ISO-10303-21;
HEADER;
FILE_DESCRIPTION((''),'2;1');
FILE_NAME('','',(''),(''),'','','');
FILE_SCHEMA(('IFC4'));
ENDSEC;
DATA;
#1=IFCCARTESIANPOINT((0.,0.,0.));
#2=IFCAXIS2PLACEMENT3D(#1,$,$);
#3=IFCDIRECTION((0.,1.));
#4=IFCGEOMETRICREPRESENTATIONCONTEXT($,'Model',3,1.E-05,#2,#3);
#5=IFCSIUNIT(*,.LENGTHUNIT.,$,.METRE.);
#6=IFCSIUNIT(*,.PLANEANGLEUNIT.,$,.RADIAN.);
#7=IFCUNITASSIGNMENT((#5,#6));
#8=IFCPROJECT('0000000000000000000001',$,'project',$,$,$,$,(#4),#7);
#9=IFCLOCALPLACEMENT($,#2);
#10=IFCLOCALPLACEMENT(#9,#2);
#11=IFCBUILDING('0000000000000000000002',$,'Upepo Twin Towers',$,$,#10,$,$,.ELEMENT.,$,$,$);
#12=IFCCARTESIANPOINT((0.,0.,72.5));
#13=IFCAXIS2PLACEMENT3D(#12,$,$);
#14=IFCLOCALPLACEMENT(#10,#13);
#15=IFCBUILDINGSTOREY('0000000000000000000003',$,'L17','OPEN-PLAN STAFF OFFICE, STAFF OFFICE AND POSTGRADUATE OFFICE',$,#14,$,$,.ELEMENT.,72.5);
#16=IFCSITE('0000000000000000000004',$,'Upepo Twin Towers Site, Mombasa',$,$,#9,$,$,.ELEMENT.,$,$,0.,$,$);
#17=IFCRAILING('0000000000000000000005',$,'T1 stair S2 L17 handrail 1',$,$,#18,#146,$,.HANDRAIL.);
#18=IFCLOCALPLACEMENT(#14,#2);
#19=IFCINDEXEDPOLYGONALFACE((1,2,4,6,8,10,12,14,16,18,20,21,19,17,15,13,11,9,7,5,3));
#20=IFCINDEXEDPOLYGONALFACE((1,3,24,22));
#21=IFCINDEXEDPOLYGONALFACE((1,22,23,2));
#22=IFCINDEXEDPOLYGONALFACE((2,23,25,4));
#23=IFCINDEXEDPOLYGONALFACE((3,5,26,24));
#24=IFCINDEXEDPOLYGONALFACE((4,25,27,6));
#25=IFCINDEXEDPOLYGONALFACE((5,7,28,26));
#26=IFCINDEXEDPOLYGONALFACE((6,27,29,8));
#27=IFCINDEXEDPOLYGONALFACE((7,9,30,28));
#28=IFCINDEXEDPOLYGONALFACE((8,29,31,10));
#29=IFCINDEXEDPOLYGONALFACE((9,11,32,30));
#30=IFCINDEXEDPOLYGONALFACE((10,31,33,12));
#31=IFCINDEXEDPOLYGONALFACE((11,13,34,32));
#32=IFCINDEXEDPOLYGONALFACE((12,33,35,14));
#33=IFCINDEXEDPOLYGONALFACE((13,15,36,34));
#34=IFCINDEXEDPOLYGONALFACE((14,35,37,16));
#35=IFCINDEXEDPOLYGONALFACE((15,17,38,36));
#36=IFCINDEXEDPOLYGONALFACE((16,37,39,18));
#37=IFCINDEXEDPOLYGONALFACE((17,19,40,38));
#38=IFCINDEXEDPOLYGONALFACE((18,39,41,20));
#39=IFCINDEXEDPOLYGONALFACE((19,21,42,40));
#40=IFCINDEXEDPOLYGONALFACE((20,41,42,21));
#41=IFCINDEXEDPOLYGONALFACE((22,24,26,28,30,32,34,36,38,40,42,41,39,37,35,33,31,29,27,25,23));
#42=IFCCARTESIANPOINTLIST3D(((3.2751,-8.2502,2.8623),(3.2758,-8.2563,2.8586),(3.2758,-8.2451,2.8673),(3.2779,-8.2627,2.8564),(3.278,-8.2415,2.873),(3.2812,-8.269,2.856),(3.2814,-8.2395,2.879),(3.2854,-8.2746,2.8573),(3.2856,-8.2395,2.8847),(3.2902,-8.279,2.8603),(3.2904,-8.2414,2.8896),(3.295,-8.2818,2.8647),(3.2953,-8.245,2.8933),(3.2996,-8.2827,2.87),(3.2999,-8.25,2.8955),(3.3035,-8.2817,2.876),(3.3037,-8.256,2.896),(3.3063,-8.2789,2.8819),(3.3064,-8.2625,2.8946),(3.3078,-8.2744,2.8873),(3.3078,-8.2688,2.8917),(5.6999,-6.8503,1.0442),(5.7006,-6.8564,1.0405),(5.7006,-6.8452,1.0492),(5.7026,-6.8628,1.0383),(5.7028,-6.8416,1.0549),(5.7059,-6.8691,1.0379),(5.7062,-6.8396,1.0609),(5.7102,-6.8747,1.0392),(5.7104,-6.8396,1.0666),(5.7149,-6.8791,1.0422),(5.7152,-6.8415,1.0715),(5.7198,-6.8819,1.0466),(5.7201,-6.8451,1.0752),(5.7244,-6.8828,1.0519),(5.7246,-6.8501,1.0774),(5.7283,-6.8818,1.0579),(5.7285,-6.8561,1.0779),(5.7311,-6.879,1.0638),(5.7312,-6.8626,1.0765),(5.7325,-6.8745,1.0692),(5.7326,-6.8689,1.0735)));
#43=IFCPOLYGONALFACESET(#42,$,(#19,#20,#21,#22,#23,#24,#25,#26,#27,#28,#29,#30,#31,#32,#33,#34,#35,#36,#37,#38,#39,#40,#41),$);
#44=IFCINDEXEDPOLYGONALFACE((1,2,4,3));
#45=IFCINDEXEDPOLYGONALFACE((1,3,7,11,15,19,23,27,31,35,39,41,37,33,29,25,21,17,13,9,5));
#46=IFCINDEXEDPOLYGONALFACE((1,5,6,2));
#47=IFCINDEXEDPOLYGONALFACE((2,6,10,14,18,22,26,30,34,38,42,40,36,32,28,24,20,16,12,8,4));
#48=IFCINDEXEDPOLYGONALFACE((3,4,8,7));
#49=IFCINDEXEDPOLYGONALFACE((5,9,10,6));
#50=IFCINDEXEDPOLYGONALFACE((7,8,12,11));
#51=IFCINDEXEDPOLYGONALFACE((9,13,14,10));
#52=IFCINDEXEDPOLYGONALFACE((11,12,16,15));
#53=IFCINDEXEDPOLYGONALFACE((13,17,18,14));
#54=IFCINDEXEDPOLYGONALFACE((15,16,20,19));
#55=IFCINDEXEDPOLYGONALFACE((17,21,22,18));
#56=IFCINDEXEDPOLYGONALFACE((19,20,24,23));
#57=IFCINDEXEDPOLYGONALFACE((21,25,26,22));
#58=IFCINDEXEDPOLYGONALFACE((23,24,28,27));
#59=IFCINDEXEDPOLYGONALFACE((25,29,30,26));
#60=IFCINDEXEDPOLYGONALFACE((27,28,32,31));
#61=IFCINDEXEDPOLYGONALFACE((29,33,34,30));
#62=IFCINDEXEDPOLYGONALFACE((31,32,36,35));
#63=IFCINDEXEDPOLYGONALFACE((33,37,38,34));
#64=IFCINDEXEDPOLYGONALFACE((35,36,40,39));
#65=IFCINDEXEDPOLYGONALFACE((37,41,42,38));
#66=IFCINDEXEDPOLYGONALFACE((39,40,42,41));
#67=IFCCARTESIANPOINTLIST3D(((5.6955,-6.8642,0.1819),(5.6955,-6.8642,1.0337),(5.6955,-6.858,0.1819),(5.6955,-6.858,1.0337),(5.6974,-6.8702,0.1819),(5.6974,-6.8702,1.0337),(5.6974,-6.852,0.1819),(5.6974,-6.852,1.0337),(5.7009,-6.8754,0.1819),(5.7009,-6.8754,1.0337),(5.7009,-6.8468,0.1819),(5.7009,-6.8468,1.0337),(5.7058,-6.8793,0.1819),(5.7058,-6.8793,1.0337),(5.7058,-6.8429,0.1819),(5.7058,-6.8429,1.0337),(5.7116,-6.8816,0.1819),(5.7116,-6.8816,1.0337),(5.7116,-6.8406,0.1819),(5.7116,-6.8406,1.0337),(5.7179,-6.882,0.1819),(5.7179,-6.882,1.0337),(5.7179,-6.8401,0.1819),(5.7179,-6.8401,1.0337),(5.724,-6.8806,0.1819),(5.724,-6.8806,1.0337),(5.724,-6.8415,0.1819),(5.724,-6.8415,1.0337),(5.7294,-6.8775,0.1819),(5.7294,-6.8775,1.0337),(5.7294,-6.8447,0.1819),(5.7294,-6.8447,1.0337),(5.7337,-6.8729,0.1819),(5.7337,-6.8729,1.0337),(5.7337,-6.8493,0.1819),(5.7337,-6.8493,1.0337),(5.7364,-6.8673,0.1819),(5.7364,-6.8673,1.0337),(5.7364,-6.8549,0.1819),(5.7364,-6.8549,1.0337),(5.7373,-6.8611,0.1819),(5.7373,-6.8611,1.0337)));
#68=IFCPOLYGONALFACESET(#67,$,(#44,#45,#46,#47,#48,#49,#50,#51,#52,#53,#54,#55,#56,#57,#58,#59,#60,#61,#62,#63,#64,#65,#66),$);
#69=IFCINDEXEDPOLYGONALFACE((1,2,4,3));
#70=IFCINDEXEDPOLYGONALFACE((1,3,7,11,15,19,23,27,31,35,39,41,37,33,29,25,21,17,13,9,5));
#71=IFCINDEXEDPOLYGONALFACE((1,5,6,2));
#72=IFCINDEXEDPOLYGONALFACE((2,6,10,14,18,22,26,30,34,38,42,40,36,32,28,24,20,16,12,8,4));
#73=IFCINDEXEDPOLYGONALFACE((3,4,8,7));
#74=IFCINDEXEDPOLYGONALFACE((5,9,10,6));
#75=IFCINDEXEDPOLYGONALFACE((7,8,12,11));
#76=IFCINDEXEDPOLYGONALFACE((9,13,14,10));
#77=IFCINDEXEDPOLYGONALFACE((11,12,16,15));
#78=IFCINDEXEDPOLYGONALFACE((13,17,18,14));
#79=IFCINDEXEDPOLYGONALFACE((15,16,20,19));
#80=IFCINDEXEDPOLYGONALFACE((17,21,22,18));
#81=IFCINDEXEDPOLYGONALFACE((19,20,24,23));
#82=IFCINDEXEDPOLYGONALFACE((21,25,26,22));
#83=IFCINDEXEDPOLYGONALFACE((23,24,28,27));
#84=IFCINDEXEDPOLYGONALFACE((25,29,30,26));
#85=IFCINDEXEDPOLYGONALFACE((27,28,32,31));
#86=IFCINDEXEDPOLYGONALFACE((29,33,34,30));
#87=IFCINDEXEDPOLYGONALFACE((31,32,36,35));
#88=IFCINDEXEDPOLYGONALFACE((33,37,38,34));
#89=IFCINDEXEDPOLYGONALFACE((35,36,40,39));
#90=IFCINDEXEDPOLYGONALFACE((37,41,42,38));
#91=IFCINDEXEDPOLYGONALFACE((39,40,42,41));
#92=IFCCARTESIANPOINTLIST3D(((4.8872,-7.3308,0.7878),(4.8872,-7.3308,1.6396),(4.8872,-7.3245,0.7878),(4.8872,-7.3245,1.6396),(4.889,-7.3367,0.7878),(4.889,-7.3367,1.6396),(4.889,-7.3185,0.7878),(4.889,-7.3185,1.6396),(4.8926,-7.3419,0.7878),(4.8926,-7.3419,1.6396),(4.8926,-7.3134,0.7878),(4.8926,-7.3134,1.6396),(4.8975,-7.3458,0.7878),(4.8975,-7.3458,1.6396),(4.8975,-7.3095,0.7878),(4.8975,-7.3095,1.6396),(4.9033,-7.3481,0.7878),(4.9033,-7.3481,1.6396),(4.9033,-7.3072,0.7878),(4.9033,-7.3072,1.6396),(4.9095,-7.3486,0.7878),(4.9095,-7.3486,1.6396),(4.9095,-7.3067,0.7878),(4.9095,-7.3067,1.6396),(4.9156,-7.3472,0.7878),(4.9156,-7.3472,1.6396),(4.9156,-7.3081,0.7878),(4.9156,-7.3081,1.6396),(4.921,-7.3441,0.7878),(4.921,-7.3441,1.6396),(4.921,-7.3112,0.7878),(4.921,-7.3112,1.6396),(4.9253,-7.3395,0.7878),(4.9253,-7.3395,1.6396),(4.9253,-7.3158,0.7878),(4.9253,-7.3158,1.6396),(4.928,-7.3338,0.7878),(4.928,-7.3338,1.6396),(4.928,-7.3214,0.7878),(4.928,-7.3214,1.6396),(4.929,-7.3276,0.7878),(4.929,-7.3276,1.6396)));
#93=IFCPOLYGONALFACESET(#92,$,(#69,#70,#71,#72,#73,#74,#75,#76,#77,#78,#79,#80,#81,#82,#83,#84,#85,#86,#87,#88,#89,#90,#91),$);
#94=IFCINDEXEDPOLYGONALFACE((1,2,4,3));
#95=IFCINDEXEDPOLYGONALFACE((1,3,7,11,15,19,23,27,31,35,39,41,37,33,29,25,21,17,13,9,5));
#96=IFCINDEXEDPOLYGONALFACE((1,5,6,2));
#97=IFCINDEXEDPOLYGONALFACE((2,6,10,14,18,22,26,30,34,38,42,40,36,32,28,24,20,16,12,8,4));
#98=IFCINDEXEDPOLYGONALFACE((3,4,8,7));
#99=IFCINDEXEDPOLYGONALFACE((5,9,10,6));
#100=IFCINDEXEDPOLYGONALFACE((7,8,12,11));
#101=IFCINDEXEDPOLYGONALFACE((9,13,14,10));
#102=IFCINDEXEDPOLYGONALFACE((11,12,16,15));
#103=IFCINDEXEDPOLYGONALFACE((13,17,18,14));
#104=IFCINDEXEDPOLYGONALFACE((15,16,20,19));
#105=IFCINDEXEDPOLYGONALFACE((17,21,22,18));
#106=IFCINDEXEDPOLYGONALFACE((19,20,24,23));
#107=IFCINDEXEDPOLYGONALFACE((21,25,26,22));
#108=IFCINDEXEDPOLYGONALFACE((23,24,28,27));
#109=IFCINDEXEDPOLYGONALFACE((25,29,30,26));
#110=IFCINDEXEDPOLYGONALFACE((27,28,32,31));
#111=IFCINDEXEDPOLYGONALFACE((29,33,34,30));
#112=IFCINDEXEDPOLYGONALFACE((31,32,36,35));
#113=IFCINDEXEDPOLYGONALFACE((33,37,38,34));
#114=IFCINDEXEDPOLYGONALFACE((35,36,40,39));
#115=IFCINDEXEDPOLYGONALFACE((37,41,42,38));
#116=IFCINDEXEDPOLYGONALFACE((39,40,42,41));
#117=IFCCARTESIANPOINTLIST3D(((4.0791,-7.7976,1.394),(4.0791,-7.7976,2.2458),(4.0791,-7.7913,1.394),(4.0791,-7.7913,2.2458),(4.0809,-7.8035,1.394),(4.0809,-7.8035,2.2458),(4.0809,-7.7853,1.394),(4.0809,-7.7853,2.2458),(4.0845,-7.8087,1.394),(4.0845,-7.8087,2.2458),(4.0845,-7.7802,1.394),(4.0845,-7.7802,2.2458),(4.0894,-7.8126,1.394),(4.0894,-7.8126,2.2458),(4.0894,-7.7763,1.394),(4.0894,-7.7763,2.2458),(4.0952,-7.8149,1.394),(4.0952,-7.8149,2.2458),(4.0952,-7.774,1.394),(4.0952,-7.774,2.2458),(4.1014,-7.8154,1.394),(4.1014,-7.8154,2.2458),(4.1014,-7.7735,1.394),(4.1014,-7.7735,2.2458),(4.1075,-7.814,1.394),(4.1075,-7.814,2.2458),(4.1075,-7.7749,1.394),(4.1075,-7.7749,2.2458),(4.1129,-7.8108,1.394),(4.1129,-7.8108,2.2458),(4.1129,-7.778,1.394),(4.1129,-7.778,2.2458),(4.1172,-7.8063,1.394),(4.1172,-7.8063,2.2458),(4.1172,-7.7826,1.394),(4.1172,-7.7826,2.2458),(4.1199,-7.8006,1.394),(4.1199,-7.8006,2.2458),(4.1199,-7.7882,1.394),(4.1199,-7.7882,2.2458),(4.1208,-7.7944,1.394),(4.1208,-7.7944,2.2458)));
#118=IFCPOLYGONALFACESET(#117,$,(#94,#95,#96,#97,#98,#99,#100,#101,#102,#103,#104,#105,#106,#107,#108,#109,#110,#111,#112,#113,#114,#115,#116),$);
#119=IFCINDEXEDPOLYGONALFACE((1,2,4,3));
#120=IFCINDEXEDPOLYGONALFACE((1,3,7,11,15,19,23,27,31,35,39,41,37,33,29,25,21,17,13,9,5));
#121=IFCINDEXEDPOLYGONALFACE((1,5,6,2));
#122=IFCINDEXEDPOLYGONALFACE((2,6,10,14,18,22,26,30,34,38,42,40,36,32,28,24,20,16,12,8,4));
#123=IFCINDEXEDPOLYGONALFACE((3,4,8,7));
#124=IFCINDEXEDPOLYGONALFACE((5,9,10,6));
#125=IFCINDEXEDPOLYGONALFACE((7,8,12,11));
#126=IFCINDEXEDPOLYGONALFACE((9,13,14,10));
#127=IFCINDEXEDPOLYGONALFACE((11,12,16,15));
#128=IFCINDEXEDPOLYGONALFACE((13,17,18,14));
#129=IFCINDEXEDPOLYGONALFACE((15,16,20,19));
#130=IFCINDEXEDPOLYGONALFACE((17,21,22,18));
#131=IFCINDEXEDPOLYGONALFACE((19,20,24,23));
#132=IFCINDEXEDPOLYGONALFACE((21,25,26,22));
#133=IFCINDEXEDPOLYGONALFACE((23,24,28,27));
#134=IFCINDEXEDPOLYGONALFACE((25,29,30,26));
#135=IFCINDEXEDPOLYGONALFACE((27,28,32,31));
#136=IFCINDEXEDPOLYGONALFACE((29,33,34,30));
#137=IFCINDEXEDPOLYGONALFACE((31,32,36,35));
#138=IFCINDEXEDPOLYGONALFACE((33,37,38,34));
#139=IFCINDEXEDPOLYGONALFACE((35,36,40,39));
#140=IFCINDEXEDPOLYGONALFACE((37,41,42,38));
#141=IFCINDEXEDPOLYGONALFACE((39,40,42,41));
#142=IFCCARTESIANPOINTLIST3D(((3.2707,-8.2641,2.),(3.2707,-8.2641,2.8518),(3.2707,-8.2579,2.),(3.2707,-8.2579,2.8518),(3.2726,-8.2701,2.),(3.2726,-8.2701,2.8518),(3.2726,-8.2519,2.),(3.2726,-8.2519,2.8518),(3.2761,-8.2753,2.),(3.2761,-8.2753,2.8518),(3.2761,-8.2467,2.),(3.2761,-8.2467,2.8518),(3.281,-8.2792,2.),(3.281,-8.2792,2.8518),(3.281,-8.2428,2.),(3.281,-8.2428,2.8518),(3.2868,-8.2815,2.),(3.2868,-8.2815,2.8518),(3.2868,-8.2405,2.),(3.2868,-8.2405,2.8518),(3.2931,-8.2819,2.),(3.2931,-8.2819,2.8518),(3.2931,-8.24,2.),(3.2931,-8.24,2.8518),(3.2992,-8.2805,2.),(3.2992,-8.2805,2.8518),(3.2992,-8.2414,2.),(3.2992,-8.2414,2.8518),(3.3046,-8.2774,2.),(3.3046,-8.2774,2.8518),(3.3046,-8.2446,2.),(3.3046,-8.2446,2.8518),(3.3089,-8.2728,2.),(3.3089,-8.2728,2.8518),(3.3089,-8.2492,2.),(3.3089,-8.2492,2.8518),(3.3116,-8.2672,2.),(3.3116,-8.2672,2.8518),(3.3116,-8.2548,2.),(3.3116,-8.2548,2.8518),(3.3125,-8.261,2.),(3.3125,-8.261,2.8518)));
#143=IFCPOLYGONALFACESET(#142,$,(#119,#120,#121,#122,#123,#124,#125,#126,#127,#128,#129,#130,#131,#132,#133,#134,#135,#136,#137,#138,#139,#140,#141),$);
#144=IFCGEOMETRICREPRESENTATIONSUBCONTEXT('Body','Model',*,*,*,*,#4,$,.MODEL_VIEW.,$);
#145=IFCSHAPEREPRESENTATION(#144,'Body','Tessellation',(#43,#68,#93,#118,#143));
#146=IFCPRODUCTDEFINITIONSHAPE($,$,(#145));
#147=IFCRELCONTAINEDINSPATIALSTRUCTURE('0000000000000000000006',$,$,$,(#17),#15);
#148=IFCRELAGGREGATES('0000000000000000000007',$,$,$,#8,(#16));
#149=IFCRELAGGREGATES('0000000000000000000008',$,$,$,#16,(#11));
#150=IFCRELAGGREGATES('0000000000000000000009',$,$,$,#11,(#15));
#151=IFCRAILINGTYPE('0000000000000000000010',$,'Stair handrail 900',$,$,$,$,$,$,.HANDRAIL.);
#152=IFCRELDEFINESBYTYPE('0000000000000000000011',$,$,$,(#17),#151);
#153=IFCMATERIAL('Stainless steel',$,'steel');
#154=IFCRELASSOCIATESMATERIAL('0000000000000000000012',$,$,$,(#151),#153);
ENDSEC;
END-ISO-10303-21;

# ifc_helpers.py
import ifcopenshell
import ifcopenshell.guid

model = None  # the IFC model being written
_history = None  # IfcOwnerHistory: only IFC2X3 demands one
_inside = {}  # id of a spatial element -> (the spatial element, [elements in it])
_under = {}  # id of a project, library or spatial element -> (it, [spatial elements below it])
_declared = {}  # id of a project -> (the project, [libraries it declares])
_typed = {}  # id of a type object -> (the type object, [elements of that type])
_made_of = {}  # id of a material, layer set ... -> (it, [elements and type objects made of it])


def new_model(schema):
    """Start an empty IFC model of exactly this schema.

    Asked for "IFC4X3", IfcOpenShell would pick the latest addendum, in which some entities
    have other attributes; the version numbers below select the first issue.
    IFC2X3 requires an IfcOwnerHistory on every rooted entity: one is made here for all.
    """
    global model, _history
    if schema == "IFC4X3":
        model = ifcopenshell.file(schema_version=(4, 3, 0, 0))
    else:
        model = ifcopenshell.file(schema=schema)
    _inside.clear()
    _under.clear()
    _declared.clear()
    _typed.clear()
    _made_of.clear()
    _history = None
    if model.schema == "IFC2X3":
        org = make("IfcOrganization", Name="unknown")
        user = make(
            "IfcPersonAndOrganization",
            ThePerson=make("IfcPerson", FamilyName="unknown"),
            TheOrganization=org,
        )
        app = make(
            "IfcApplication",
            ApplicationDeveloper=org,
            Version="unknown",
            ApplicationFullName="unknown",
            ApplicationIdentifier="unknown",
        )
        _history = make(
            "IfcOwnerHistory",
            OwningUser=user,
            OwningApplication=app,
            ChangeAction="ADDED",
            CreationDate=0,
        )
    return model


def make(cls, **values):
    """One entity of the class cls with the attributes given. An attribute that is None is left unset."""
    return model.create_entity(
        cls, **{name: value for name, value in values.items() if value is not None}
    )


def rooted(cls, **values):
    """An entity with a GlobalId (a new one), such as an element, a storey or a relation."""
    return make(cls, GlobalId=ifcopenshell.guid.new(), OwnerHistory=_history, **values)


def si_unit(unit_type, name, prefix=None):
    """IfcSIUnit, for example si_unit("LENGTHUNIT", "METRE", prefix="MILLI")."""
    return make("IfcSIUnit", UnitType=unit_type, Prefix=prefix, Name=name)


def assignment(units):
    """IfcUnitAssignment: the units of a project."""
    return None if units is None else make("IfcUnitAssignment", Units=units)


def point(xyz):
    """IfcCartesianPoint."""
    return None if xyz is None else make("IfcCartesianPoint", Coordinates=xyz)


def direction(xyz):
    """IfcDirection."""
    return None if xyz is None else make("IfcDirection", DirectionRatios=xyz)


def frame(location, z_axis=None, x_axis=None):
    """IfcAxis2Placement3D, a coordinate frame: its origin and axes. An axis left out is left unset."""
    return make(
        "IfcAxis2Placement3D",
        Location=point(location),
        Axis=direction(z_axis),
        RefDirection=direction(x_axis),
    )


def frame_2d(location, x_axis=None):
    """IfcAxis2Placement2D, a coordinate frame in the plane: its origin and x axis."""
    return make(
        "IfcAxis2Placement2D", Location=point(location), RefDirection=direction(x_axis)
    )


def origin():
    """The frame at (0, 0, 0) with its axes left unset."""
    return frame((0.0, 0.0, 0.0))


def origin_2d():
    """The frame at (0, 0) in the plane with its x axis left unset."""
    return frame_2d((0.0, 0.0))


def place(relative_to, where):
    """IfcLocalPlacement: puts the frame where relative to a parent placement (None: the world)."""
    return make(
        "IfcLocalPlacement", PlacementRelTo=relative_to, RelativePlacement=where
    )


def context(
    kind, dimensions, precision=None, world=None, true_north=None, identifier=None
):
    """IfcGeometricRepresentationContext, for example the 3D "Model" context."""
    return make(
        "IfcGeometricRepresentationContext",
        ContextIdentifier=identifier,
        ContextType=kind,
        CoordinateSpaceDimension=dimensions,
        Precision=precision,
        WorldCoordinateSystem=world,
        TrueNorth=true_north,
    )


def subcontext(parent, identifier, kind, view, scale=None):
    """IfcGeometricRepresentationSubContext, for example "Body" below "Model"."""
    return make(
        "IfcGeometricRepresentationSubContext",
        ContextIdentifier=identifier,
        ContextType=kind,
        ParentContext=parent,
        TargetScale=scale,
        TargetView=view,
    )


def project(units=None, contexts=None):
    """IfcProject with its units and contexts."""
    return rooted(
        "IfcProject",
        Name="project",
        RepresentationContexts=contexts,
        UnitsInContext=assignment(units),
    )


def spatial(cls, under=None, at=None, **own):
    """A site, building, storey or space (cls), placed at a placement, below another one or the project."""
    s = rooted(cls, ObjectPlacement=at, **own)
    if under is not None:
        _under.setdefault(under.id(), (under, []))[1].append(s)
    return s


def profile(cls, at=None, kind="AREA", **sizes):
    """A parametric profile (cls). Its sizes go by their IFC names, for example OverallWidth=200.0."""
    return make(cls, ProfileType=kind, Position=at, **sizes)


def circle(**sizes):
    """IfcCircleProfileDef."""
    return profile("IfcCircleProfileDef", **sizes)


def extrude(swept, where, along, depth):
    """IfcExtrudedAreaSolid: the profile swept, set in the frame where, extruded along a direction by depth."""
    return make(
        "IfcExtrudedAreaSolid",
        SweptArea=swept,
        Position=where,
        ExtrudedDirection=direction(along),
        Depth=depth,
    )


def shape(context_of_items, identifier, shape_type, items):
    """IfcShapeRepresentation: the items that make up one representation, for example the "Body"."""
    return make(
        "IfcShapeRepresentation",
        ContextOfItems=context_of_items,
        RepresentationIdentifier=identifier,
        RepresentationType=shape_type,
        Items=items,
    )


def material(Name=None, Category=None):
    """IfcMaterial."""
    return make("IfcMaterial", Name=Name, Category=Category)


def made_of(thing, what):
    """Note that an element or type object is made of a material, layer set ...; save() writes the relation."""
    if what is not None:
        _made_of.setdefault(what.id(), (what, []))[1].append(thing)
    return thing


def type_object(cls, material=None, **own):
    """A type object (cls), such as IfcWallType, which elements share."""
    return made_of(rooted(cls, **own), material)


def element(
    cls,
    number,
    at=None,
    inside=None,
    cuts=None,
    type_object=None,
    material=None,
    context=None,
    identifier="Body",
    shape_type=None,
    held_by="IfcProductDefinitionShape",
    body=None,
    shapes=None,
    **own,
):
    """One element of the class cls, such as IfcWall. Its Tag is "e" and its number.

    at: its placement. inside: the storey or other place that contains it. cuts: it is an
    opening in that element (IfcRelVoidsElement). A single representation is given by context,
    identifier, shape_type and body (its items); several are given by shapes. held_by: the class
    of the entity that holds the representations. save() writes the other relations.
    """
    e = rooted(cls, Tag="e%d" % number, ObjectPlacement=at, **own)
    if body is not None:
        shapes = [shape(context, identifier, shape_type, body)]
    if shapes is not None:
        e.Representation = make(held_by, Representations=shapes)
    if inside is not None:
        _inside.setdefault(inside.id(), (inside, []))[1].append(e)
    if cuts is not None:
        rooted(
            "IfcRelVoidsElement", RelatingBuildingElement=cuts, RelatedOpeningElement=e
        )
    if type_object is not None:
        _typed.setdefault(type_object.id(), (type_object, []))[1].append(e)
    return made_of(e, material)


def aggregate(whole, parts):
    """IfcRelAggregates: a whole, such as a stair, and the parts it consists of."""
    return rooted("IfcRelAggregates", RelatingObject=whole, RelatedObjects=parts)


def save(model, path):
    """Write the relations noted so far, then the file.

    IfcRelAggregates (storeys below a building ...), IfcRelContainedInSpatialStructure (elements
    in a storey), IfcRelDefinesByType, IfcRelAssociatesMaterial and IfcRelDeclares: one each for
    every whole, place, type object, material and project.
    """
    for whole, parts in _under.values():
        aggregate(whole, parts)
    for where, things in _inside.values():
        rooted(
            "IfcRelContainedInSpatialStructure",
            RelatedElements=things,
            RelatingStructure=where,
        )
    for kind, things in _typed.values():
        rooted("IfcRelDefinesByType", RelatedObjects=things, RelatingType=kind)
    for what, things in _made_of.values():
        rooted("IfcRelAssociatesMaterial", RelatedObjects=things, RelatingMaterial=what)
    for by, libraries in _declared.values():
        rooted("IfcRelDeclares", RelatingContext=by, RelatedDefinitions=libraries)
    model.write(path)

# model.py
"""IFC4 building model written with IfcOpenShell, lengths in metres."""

from ifc_helpers import new_model, si_unit, direction, frame, origin, origin_2d, place, context, subcontext, project, spatial, circle, extrude, material, type_object, element, save


model = new_model("IFC4")

# Units and contexts
model_context = context("Model", 3, precision=1e-05, world=origin(), true_north=direction((0.0, 1.0)))
body_context = subcontext(model_context, "Body", "Model", "MODEL_VIEW")
ifc_project = project(units=[si_unit("LENGTHUNIT", "METRE"), si_unit("PLANEANGLEUNIT", "RADIAN")], contexts=[model_context])

# Site, building, storey
site_placement = place(None, origin())
site = spatial("IfcSite", under=ifc_project, at=site_placement, Name="Upepo Twin Towers Site, Mombasa", CompositionType="ELEMENT", RefElevation=0.0)
building_placement = place(site_placement, origin())
building = spatial("IfcBuilding", under=site, at=building_placement, Name="Upepo Twin Towers", CompositionType="ELEMENT")
storey_placement = place(building_placement, frame((0.0, 0.0, 72.5)))
storey = spatial("IfcBuildingStorey", under=building, at=storey_placement, Name="L17", Description="OPEN-PLAN STAFF OFFICE, STAFF OFFICE AND POSTGRADUATE OFFICE", CompositionType="ELEMENT", Elevation=72.5)

# Railing
ifc_material_1 = material(Name="Stainless steel", Category="steel")
railing_type = type_object("IfcRailingType", Name="Stair handrail 900", PredefinedType="HANDRAIL", material=ifc_material_1)
railing_placement = place(storey_placement, frame((5.7163, -6.8611, 0.1819)))
element("IfcRailing", 1, at=railing_placement, inside=storey, type_object=railing_type, Name="T1 stair S2 L17 handrail 1", PredefinedType="HANDRAIL", context=body_context, shape_type="SweptSolid", body=[
    extrude(circle(Radius=0.0239, at=origin_2d()), frame((0.0, 0.0, 0.876), z_axis=(-0.726336, -0.419333, 0.544606), x_axis=(0.499984, -0.866035, 0.0)), (0.0, 0.0, 1.0), 3.3384),
    extrude(circle(Radius=0.021, at=origin_2d()), origin(), (0.0, 0.0, 1.0), 0.8518),
    extrude(circle(Radius=0.021, at=origin_2d()), frame((-0.8083, -0.4666, 0.606)), (0.0, 0.0, 1.0), 0.8518),
    extrude(circle(Radius=0.021, at=origin_2d()), frame((-1.6165, -0.9333, 1.2122)), (0.0, 0.0, 1.0), 0.8518),
    extrude(circle(Radius=0.021, at=origin_2d()), frame((-2.4248, -1.3999, 1.8181)), (0.0, 0.0, 1.0), 0.8518),
])

save(model, "model.ifc")
